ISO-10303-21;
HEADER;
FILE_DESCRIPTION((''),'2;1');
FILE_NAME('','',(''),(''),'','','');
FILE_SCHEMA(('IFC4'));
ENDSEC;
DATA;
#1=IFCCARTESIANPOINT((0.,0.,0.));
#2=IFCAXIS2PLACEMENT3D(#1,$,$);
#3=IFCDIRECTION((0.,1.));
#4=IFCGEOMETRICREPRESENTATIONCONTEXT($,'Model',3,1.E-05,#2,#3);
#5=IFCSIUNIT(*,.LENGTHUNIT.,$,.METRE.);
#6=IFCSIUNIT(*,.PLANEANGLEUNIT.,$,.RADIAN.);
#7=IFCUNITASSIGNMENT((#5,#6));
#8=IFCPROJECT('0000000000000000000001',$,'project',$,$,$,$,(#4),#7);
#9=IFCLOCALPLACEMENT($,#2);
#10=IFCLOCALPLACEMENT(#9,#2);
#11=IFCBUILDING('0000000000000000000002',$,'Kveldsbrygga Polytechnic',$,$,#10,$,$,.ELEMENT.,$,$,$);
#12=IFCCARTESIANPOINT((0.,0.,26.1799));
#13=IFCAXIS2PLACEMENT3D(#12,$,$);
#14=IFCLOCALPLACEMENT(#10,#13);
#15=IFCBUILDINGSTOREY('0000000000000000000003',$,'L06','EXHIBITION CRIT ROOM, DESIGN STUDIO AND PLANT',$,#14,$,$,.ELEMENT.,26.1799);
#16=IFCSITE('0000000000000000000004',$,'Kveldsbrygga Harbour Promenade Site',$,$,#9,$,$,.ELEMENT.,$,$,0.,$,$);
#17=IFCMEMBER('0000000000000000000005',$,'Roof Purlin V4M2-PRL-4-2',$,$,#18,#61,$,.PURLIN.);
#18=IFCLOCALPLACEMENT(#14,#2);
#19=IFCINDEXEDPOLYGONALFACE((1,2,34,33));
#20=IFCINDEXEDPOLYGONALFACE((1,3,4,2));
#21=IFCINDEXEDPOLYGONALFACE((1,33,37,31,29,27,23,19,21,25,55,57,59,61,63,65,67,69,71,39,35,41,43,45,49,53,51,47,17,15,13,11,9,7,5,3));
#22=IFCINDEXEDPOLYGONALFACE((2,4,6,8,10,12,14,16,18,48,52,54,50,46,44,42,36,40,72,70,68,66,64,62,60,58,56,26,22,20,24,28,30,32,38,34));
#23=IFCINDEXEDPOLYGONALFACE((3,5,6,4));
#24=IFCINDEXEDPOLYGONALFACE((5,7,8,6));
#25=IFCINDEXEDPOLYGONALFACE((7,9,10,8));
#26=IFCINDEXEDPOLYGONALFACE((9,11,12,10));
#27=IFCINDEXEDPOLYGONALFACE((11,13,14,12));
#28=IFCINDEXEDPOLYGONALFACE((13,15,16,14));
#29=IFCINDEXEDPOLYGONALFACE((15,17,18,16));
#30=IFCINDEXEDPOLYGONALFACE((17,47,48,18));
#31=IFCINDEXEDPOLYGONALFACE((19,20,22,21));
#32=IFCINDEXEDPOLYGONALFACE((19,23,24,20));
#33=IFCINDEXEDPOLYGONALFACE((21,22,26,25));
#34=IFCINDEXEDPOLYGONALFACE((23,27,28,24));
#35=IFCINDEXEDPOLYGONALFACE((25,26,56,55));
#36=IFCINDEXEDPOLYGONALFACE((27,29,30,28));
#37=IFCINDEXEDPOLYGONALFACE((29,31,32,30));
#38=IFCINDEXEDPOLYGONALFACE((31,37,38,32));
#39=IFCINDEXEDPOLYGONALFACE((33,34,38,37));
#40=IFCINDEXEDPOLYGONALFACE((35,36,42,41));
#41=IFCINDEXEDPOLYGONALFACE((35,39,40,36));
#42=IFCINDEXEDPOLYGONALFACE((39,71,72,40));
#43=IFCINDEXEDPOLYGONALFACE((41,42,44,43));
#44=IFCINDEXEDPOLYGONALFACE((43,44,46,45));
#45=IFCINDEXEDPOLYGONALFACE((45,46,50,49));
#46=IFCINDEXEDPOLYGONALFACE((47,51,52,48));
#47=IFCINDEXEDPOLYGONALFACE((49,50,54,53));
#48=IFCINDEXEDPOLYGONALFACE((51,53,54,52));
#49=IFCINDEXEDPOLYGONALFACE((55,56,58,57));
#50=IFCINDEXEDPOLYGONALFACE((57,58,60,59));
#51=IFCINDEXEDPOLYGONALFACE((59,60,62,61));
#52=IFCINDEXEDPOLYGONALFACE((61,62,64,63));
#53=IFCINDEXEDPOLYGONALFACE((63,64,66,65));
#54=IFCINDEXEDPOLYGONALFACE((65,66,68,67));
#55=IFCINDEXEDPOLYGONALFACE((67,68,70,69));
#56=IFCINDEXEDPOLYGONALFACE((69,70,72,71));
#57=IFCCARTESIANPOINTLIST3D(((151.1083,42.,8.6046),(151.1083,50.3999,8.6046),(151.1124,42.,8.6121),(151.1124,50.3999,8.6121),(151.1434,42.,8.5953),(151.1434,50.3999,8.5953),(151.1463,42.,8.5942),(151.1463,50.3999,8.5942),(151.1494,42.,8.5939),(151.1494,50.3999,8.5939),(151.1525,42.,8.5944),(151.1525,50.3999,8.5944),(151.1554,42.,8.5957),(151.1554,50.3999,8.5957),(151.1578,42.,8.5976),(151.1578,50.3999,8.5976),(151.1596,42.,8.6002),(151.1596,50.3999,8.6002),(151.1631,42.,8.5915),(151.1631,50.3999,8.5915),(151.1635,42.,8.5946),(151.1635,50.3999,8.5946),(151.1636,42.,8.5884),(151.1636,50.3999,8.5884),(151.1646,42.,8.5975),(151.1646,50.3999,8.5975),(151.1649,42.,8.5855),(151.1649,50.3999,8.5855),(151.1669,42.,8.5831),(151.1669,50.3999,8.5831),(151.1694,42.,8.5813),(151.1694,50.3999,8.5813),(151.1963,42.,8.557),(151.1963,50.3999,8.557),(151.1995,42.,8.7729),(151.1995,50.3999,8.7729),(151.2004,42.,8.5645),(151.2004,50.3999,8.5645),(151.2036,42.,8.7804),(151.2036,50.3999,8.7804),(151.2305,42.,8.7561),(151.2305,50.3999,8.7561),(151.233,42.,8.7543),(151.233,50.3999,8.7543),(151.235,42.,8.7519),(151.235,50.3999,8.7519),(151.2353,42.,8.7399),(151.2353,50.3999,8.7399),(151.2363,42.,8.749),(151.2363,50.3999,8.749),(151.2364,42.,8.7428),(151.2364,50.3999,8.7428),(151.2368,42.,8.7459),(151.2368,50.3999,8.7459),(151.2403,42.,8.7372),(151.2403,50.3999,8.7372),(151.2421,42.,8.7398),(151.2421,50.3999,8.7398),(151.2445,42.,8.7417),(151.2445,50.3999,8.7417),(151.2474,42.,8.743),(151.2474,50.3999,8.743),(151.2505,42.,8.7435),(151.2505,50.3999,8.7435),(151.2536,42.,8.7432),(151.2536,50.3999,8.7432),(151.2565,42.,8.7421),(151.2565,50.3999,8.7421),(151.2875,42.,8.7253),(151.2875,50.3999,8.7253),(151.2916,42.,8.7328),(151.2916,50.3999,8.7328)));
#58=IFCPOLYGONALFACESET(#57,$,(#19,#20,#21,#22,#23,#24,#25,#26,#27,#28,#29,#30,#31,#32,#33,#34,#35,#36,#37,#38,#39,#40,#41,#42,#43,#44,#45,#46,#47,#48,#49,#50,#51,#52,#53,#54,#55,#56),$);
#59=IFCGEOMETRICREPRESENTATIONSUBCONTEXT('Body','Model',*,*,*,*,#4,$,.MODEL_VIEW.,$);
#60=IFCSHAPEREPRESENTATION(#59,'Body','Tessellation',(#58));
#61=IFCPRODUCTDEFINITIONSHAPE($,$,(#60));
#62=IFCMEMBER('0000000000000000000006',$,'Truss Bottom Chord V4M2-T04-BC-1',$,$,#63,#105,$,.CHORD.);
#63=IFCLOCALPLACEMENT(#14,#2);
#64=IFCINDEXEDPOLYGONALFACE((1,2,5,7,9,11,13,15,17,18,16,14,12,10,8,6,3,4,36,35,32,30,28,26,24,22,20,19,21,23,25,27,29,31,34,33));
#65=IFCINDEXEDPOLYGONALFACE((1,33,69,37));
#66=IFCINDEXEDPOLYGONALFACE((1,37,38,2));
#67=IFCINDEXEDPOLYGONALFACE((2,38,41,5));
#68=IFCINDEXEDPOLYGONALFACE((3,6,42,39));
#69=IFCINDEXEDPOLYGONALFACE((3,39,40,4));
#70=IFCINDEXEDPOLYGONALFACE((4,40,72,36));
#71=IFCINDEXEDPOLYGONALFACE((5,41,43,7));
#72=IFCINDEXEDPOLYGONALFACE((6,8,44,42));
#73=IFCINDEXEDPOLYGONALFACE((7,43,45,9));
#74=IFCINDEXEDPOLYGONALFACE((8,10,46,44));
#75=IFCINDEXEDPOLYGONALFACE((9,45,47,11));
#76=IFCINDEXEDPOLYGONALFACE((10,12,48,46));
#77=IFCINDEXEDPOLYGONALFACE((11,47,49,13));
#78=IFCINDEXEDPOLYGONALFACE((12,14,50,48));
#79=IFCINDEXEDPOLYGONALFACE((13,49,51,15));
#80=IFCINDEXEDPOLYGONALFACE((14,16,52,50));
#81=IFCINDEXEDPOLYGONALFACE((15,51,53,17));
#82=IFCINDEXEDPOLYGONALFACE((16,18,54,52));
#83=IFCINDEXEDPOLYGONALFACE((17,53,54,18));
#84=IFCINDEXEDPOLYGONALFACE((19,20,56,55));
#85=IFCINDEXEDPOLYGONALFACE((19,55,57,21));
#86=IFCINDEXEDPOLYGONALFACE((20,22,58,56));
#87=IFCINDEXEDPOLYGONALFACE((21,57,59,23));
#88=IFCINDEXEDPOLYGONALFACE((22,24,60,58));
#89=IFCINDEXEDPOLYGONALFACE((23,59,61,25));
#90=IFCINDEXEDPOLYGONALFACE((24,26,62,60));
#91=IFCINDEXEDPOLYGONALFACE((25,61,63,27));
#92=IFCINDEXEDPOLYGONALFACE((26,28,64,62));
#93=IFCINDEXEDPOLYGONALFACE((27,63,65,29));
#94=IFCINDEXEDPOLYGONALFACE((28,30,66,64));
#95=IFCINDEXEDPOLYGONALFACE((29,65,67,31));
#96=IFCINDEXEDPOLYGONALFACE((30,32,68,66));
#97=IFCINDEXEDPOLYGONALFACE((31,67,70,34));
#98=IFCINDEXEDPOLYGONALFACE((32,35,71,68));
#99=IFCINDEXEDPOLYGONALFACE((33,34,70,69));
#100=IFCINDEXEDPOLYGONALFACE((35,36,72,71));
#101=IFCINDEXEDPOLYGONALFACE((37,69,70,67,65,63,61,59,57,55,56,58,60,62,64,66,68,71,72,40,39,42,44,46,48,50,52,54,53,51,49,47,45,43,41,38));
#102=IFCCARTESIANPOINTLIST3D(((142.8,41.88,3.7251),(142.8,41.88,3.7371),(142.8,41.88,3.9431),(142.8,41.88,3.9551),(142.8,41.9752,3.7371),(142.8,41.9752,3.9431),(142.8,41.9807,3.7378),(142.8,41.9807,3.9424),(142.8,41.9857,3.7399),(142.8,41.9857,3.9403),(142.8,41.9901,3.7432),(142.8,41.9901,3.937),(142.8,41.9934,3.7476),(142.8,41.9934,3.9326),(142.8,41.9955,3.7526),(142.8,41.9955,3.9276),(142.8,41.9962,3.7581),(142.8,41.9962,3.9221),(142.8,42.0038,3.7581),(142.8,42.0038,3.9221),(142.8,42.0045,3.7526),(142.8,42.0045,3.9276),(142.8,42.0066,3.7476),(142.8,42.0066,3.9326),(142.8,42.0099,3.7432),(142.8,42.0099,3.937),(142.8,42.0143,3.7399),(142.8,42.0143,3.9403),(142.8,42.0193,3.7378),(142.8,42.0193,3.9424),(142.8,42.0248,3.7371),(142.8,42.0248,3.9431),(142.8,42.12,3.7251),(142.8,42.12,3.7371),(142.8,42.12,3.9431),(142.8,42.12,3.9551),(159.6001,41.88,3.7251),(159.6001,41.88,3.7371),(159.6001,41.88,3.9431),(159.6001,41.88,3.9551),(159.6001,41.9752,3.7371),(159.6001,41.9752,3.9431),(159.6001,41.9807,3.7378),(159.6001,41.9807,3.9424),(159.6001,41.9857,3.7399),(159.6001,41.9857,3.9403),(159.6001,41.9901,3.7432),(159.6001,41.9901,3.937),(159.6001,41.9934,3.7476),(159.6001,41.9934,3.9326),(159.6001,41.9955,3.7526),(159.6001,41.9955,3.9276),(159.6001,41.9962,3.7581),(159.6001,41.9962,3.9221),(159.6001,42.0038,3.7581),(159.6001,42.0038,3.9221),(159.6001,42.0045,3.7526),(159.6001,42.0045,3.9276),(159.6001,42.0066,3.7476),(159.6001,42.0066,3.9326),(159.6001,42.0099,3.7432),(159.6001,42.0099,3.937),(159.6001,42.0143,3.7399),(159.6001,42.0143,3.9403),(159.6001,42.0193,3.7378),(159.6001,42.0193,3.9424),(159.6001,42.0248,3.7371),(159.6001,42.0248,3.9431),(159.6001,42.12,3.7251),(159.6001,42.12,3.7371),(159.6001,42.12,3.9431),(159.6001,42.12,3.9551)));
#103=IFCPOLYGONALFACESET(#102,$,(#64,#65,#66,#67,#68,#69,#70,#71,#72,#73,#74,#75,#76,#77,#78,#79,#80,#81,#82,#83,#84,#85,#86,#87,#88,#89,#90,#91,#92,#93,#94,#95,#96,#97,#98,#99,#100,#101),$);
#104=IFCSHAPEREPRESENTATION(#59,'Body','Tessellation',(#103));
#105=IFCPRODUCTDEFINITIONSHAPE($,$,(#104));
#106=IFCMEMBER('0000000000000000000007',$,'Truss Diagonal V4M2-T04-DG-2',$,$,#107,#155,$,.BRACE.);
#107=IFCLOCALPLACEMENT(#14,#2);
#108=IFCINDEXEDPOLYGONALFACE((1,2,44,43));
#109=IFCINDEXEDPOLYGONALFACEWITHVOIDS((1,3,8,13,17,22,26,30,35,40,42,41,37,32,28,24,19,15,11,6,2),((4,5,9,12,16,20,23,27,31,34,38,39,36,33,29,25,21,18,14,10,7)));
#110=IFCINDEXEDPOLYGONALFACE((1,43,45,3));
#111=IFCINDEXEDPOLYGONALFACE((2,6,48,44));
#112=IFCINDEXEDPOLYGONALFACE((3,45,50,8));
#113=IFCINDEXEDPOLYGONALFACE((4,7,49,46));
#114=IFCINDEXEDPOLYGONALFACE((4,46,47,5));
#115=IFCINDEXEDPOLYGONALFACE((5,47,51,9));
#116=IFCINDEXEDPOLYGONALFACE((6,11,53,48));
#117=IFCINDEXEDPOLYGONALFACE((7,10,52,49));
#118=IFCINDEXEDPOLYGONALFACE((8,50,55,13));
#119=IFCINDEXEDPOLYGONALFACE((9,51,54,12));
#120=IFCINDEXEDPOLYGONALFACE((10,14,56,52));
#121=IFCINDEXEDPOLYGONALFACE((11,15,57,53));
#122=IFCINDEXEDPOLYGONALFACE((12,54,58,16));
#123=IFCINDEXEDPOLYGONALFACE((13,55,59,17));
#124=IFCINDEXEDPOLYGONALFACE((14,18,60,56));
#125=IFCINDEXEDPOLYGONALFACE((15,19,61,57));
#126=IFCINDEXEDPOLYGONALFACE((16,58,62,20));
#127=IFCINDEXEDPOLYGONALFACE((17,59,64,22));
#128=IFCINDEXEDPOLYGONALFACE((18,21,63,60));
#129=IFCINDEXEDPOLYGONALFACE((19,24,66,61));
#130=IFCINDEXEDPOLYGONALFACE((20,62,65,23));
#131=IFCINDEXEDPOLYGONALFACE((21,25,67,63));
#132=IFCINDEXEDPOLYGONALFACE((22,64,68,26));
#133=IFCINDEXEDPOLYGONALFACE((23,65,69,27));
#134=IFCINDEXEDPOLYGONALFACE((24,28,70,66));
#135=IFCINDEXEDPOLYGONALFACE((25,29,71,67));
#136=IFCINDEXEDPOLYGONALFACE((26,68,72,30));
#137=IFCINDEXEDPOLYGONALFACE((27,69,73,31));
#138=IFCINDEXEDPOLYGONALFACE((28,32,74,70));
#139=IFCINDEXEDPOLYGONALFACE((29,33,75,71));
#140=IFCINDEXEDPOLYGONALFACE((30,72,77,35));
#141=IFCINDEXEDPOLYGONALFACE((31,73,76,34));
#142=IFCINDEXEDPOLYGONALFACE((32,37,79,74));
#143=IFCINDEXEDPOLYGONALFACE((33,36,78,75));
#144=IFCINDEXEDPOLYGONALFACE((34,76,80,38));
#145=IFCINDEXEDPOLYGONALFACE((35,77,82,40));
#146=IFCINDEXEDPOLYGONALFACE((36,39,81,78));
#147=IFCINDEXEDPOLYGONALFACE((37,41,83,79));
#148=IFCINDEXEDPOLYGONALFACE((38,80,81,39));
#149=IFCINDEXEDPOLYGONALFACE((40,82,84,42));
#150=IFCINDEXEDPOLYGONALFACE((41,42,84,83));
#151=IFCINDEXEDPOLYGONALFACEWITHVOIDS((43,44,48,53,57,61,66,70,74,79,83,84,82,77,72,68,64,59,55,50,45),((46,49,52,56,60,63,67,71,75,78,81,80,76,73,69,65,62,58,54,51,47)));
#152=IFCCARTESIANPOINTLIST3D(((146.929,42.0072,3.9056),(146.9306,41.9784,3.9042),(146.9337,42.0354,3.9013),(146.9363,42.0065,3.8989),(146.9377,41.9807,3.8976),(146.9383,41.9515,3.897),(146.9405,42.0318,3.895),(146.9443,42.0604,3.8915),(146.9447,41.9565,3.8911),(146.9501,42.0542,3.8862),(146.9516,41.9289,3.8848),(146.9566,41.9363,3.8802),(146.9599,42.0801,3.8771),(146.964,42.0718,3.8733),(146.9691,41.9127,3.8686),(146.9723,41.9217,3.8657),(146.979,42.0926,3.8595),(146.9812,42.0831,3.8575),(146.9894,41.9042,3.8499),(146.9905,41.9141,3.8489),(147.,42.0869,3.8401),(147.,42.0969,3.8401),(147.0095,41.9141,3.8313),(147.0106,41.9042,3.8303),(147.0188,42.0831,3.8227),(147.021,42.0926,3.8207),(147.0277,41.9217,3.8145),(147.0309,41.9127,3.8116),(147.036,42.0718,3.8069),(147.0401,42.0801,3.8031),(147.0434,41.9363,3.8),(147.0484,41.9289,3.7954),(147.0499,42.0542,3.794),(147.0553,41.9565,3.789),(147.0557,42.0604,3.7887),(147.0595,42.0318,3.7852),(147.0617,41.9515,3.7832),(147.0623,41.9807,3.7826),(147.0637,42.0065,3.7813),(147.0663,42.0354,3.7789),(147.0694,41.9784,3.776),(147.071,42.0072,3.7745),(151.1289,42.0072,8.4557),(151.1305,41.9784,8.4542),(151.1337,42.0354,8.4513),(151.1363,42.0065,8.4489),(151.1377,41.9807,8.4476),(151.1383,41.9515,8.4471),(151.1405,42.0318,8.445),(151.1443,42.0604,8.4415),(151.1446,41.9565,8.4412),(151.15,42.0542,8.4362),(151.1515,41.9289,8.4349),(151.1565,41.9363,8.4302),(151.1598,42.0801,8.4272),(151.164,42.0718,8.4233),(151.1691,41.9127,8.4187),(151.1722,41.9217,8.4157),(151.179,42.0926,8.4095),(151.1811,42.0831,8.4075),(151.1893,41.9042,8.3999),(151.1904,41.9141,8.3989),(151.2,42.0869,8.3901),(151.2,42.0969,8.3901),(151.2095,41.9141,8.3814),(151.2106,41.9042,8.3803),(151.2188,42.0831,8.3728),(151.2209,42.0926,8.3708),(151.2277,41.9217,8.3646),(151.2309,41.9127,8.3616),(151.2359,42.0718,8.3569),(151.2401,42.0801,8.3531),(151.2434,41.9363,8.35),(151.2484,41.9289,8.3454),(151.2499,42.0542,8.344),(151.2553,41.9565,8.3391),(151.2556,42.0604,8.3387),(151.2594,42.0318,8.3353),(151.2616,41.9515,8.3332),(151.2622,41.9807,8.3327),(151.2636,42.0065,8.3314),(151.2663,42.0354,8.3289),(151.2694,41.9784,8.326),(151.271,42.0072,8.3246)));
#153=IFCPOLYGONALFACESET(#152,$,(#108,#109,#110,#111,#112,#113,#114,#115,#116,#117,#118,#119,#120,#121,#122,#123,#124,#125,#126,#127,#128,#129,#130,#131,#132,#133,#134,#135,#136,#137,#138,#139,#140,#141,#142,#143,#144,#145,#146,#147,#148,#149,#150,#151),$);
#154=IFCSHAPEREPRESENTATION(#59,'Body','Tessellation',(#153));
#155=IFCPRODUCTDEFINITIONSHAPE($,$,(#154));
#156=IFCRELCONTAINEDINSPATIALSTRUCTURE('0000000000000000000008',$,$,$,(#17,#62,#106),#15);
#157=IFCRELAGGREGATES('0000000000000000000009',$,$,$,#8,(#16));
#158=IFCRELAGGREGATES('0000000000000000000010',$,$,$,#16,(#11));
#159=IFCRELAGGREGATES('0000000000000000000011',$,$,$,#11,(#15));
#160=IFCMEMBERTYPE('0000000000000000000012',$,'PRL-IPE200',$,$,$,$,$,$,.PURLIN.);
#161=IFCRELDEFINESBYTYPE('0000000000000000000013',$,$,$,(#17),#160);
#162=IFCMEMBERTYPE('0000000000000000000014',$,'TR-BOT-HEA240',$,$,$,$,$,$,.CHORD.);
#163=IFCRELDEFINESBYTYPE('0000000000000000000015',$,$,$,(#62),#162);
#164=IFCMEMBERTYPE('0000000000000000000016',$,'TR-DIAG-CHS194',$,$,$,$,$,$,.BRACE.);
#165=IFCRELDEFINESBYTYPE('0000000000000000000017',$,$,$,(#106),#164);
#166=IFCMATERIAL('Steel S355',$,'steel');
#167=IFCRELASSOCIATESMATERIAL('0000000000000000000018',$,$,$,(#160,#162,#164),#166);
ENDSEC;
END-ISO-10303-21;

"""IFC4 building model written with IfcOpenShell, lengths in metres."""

from ifc_helpers import new_model, si_unit, direction, frame, origin, origin_2d, place, context, subcontext, project, spatial, hollow_circle, i_section, extrude, material, material_profile, profile_set, type_object, element, save


model = new_model("IFC4")

# Units and contexts
model_context = context("Model", 3, precision=1e-05, world=origin(), true_north=direction((0.0, 1.0)))
body_context = subcontext(model_context, "Body", "Model", "MODEL_VIEW")
ifc_project = project(units=[si_unit("LENGTHUNIT", "METRE"), si_unit("PLANEANGLEUNIT", "RADIAN")], contexts=[model_context])

# Site, building, storey
site_placement = place(None, origin())
site = spatial("IfcSite", under=ifc_project, at=site_placement, Name="Kveldsbrygga Harbour Promenade Site", CompositionType="ELEMENT", RefElevation=0.0)
building_placement = place(site_placement, origin())
building = spatial("IfcBuilding", under=site, at=building_placement, Name="Kveldsbrygga Polytechnic", CompositionType="ELEMENT")
storey_placement = place(building_placement, frame((0.0, 0.0, 26.1799)))
storey = spatial("IfcBuildingStorey", under=building, at=storey_placement, Name="L06", Description="EXHIBITION CRIT ROOM, DESIGN STUDIO AND PLANT", CompositionType="ELEMENT", Elevation=26.1799)

# Shared definitions
ifc_material_1 = material(Name="Steel S355", Category="steel")

# Members
ifc_material_profile_1 = material_profile(ifc_material_1, i_section(OverallWidth=0.1001, OverallDepth=0.2, WebThickness=0.0056, FlangeThickness=0.0085, FilletRadius=0.012, at=origin_2d()), Name="IPE 200")
ifc_profile_set_1 = profile_set([ifc_material_profile_1], Name="Steel S355")
member_type_1 = type_object("IfcMemberType", Name="PRL-IPE200", PredefinedType="PURLIN", material=ifc_profile_set_1)
for number, where, z_axis, x_axis, name in (
    (1, (151.2, 42.0, 8.6687), (0.0, 1.0, 0.0), (-0.879292, 0.0, 0.476283), "Roof Purlin V4M2-PRL-4-2"),
):
    element("IfcMember", number, at=place(storey_placement, frame(where, z_axis=z_axis, x_axis=x_axis)), inside=storey, type_object=member_type_1, Name=name, PredefinedType="PURLIN", context=body_context, shape_type="SweptSolid", body=[
        extrude(i_section(OverallWidth=0.1001, OverallDepth=0.2, WebThickness=0.0056, FlangeThickness=0.0085, FilletRadius=0.012, at=origin_2d()), origin(), (0.0, 0.0, 1.0), 8.3999),
    ])
ifc_material_profile_2 = material_profile(ifc_material_1, i_section(OverallWidth=0.24, OverallDepth=0.23, WebThickness=0.0076, FlangeThickness=0.012, FilletRadius=0.021, at=origin_2d()), Name="HEA 240")
ifc_profile_set_2 = profile_set([ifc_material_profile_2], Name="Steel S355")
member_type_2 = type_object("IfcMemberType", Name="TR-BOT-HEA240", PredefinedType="CHORD", material=ifc_profile_set_2)
member_1_placement = place(storey_placement, frame((142.8, 42.0, 3.8401), z_axis=(1.0, 0.0, 0.0), x_axis=(0.0, 1.0, 0.0)))
element("IfcMember", 2, at=member_1_placement, inside=storey, type_object=member_type_2, Name="Truss Bottom Chord V4M2-T04-BC-1", PredefinedType="CHORD", context=body_context, shape_type="SweptSolid", body=[
    extrude(i_section(OverallWidth=0.24, OverallDepth=0.23, WebThickness=0.0076, FlangeThickness=0.012, FilletRadius=0.021, at=origin_2d()), origin(), (0.0, 0.0, 1.0), 16.8),
])
ifc_material_profile_3 = material_profile(ifc_material_1, hollow_circle(Radius=0.0969, WallThickness=0.01, at=origin_2d()), Name="CHS 193.7x10.0")
ifc_profile_set_3 = profile_set([ifc_material_profile_3], Name="Steel S355")
member_type_3 = type_object("IfcMemberType", Name="TR-DIAG-CHS194", PredefinedType="BRACE", material=ifc_profile_set_3)
for number, where, z_axis, x_axis, name in (
    (3, (147.0, 42.0, 3.8401), (0.678272, 0.0, 0.734811), (0.0, 1.0, 0.0), "Truss Diagonal V4M2-T04-DG-2"),
):
    element("IfcMember", number, at=place(storey_placement, frame(where, z_axis=z_axis, x_axis=x_axis)), inside=storey, type_object=member_type_3, Name=name, PredefinedType="BRACE", context=body_context, shape_type="SweptSolid", body=[
        extrude(hollow_circle(Radius=0.0969, WallThickness=0.01, at=origin_2d()), origin(), (0.0, 0.0, 1.0), 6.1921),
    ])

save(model, "model.ifc")
